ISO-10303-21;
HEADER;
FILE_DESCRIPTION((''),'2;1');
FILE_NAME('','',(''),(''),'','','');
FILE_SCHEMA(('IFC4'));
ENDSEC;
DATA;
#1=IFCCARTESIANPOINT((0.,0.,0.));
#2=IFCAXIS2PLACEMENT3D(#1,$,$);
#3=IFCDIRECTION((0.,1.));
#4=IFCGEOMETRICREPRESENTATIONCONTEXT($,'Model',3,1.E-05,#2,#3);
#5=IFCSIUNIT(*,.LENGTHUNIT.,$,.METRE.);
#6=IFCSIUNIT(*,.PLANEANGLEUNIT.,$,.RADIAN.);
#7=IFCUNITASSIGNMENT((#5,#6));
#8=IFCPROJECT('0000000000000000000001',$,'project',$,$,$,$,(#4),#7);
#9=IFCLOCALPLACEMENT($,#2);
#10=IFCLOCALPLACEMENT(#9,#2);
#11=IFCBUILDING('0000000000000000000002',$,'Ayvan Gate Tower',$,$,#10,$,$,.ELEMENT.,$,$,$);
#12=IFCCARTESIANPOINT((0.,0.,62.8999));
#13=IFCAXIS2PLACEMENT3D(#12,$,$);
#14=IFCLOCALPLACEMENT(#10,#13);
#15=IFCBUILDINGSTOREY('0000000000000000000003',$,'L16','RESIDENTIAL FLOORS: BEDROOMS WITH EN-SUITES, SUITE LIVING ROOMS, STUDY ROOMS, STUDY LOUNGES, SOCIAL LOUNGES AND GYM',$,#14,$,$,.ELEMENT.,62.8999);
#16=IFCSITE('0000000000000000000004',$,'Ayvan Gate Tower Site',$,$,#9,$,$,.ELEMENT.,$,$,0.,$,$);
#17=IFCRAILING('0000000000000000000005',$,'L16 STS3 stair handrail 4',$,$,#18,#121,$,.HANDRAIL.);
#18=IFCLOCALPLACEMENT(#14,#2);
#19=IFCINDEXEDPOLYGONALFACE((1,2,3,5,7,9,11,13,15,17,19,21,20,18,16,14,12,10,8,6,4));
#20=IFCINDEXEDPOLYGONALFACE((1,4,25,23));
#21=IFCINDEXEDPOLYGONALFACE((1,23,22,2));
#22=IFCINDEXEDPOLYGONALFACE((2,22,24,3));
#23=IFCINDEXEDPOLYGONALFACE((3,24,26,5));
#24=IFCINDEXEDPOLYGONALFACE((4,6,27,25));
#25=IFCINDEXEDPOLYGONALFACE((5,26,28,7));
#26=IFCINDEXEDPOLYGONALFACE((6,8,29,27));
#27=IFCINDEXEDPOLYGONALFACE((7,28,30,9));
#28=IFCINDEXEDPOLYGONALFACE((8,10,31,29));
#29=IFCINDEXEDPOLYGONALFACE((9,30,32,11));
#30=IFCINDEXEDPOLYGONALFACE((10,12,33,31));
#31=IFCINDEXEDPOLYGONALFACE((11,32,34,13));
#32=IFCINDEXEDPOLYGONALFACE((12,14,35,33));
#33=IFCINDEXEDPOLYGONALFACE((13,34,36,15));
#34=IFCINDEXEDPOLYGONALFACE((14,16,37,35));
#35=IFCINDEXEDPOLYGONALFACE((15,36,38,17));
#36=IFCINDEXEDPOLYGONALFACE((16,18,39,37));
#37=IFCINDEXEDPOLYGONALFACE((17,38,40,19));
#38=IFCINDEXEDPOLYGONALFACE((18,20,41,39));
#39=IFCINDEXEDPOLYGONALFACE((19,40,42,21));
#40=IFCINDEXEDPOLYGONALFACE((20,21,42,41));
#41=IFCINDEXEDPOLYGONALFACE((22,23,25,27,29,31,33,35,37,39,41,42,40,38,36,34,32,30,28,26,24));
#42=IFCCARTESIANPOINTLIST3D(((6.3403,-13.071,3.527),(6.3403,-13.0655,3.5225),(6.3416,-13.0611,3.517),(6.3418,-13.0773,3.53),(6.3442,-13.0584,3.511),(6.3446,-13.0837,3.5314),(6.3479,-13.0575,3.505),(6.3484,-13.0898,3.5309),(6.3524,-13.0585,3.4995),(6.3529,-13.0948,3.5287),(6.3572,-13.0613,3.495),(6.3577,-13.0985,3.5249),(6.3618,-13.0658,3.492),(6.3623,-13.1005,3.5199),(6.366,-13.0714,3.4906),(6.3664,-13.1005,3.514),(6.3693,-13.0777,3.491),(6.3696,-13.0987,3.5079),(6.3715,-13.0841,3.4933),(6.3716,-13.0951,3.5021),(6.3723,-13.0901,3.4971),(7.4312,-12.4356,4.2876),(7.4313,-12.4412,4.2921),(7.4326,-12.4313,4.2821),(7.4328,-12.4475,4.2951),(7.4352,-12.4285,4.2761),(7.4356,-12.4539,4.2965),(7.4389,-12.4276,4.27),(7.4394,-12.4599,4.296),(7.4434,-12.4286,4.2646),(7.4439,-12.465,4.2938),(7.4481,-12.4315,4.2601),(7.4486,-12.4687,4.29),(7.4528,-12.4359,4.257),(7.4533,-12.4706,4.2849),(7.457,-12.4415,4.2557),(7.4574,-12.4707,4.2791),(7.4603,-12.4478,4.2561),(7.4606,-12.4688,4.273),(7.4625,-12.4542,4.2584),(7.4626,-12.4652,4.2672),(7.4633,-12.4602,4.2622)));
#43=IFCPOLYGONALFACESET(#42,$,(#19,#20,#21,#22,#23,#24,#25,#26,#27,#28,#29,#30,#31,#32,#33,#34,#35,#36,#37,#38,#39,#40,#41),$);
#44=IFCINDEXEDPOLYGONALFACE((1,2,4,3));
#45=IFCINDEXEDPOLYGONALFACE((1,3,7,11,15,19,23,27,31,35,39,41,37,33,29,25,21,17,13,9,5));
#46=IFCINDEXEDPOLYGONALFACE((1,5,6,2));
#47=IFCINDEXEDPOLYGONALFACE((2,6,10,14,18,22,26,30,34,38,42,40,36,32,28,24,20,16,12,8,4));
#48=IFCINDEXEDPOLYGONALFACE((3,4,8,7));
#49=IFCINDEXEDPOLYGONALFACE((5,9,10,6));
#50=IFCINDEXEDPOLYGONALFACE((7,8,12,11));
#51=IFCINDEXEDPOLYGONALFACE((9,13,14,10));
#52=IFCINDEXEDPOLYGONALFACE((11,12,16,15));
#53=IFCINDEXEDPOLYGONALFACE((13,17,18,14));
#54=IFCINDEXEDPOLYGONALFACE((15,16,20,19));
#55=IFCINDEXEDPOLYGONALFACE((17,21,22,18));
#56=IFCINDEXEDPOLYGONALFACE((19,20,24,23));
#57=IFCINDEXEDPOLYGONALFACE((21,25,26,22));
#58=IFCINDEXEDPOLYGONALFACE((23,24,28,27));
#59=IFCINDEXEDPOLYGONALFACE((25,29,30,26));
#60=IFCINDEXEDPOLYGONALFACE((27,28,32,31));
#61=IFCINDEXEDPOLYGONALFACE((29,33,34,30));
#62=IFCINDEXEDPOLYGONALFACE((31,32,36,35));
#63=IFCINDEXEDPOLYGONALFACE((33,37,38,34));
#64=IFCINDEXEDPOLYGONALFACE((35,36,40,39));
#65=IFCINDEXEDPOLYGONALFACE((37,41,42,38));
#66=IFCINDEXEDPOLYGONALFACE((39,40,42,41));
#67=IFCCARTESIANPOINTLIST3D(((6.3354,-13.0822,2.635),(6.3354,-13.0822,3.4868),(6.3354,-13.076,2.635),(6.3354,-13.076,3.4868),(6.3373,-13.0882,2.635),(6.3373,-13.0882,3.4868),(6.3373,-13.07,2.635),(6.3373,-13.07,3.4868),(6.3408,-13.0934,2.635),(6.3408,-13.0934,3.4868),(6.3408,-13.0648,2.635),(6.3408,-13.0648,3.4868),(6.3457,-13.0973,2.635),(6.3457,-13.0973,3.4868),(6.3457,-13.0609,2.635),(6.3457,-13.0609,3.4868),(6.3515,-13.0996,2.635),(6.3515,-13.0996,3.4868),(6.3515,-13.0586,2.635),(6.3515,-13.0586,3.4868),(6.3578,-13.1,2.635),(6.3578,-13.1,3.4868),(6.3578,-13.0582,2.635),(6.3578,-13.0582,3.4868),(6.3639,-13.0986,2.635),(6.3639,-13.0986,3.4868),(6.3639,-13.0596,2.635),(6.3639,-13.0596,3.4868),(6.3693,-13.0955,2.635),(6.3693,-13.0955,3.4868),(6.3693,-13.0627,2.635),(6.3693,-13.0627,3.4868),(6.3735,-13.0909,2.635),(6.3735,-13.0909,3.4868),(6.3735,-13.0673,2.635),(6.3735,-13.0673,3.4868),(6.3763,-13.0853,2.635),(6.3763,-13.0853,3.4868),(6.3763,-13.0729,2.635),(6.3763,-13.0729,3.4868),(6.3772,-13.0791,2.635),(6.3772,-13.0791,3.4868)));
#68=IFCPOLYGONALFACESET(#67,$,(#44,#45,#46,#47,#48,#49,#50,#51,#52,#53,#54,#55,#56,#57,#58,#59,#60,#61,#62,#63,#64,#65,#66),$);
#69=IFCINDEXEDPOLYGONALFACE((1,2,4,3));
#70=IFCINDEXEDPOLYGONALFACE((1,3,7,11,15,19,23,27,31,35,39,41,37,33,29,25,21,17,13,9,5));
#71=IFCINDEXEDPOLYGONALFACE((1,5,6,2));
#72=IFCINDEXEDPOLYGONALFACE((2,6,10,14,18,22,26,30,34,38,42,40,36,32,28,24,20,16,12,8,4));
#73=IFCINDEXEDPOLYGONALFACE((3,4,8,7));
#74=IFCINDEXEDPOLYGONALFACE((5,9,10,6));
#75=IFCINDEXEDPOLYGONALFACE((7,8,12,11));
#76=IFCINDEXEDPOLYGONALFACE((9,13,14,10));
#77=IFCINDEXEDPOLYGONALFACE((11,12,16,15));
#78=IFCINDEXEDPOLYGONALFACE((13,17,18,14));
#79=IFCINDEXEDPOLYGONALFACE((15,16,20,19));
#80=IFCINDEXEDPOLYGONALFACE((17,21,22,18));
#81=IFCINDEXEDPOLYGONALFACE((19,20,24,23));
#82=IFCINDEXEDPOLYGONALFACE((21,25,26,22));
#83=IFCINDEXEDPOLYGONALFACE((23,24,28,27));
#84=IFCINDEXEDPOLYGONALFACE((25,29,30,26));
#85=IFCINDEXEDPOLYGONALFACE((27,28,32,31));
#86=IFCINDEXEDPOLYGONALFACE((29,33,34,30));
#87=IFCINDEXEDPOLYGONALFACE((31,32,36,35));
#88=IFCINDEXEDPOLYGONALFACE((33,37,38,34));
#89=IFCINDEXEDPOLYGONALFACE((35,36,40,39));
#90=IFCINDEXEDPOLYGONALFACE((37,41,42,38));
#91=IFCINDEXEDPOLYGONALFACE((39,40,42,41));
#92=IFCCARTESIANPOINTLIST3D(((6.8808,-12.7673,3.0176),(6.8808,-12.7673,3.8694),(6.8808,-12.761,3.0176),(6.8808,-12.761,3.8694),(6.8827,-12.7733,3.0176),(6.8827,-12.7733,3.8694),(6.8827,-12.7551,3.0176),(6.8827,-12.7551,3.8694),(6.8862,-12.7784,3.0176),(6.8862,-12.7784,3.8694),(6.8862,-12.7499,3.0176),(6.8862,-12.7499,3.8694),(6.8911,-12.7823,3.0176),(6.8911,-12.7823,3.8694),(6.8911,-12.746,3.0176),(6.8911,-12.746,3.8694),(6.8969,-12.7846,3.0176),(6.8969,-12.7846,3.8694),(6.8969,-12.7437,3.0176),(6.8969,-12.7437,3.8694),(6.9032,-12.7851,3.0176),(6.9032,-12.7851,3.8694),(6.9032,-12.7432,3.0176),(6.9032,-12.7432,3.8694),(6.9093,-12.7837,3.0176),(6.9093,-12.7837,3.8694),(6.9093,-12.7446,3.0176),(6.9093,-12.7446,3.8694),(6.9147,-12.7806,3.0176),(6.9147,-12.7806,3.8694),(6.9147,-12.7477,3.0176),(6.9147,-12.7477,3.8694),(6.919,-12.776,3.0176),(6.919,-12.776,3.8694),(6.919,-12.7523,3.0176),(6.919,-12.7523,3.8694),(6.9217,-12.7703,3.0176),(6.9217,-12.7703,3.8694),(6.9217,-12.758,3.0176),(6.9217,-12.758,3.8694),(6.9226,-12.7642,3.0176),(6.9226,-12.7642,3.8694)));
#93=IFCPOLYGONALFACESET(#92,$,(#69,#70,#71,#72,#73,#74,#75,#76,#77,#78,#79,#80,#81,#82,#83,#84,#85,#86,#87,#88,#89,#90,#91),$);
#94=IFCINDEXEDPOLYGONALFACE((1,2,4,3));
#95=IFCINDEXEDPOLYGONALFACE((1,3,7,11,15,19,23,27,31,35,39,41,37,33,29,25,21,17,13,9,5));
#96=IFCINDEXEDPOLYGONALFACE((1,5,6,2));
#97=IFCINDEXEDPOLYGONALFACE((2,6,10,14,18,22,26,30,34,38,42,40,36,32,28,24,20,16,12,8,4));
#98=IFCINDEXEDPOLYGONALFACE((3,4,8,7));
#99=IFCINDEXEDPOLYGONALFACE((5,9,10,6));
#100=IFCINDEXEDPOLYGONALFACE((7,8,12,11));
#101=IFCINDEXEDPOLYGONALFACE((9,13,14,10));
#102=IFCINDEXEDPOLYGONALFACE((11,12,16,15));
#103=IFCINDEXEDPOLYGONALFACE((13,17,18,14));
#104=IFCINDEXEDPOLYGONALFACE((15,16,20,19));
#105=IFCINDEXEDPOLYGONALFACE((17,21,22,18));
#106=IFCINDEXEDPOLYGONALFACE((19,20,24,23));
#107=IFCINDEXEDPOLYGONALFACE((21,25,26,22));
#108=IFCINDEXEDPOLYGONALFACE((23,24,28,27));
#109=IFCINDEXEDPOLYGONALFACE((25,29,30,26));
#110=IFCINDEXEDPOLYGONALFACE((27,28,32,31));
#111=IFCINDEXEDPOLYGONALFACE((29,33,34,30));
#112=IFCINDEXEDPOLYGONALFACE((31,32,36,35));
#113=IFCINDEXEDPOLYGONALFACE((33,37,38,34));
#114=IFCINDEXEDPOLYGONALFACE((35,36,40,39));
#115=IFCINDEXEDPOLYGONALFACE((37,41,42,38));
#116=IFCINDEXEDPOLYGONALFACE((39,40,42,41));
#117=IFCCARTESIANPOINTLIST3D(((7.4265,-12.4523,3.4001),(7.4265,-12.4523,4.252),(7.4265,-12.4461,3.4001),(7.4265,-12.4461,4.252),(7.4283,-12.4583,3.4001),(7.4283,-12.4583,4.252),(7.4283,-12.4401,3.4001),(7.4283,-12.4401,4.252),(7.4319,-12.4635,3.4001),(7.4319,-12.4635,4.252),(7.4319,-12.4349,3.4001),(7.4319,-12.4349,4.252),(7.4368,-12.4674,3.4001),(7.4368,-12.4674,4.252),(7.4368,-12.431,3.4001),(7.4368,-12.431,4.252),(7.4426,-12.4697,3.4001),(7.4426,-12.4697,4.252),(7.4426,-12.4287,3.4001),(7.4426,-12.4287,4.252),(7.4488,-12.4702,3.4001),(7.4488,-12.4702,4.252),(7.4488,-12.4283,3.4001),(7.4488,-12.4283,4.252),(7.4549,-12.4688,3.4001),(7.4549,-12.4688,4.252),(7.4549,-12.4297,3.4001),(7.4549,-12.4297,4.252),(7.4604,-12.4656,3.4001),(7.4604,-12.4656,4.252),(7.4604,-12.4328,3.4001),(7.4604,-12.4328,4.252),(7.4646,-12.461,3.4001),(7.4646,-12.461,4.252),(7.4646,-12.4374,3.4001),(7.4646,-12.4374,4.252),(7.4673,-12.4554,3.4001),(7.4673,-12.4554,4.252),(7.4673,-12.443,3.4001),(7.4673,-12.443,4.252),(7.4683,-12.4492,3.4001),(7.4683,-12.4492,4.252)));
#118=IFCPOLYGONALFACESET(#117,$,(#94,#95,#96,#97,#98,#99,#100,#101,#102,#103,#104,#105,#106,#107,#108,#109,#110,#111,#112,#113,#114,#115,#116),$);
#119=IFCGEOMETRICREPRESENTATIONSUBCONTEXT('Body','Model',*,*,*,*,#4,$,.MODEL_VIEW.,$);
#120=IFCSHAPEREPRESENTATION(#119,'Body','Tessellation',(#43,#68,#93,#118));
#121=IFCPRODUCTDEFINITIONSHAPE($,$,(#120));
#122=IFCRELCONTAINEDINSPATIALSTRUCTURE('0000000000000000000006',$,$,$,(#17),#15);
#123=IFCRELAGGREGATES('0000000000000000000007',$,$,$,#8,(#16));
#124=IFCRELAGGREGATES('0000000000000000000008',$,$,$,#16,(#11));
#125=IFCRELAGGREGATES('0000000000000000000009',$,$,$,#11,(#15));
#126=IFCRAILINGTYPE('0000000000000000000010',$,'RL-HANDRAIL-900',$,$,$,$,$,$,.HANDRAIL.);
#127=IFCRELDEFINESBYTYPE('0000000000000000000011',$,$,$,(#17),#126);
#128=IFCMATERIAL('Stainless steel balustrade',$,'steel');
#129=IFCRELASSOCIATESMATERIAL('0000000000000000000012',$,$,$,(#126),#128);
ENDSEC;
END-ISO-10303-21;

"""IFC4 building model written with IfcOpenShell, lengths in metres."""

from ifc_helpers import new_model, si_unit, direction, frame, origin, origin_2d, place, context, subcontext, project, spatial, circle, extrude, material, type_object, element, save


model = new_model("IFC4")

# Units and contexts
model_context = context("Model", 3, precision=1e-05, world=origin(), true_north=direction((0.0, 1.0)))
body_context = subcontext(model_context, "Body", "Model", "MODEL_VIEW")
ifc_project = project(units=[si_unit("LENGTHUNIT", "METRE"), si_unit("PLANEANGLEUNIT", "RADIAN")], contexts=[model_context])

# Site, building, storey
site_placement = place(None, origin())
site = spatial("IfcSite", under=ifc_project, at=site_placement, Name="Ayvan Gate Tower Site", CompositionType="ELEMENT", RefElevation=0.0)
building_placement = place(site_placement, origin())
building = spatial("IfcBuilding", under=site, at=building_placement, Name="Ayvan Gate Tower", CompositionType="ELEMENT")
storey_placement = place(building_placement, frame((0.0, 0.0, 62.8999)))
storey = spatial("IfcBuildingStorey", under=building, at=storey_placement, Name="L16", Description="RESIDENTIAL FLOORS: BEDROOMS WITH EN-SUITES, SUITE LIVING ROOMS, STUDY ROOMS, STUDY LOUNGES, SOCIAL LOUNGES AND GYM", CompositionType="ELEMENT", Elevation=62.8999)

# Railing
ifc_material_1 = material(Name="Stainless steel balustrade", Category="steel")
railing_type_1 = type_object("IfcRailingType", Name="RL-HANDRAIL-900", PredefinedType="HANDRAIL", material=ifc_material_1)
railing_1_placement = place(storey_placement, frame((6.3562, -13.0791, 2.635)))
element("IfcRailing", 1, at=railing_1_placement, inside=storey, type_object=railing_type_1, Name="L16 STS3 stair handrail 4", PredefinedType="HANDRAIL", context=body_context, shape_type="SweptSolid", body=[
    extrude(circle(Radius=0.0239, at=origin_2d()), frame((0.0, 0.0, 0.876), z_axis=(0.740218, 0.427336, 0.519097), x_axis=(-0.499974, 0.86604, 0.0)), (0.0, 0.0, 1.0), 1.4739),
    extrude(circle(Radius=0.021, at=origin_2d()), origin(), (0.0, 0.0, 1.0), 0.8518),
    extrude(circle(Radius=0.021, at=origin_2d()), frame((0.5454, 0.3149, 0.3826)), (0.0, 0.0, 1.0), 0.8518),
    extrude(circle(Radius=0.021, at=origin_2d()), frame((1.0911, 0.6299, 0.7651)), (0.0, 0.0, 1.0), 0.8518),
])

save(model, "model.ifc")
